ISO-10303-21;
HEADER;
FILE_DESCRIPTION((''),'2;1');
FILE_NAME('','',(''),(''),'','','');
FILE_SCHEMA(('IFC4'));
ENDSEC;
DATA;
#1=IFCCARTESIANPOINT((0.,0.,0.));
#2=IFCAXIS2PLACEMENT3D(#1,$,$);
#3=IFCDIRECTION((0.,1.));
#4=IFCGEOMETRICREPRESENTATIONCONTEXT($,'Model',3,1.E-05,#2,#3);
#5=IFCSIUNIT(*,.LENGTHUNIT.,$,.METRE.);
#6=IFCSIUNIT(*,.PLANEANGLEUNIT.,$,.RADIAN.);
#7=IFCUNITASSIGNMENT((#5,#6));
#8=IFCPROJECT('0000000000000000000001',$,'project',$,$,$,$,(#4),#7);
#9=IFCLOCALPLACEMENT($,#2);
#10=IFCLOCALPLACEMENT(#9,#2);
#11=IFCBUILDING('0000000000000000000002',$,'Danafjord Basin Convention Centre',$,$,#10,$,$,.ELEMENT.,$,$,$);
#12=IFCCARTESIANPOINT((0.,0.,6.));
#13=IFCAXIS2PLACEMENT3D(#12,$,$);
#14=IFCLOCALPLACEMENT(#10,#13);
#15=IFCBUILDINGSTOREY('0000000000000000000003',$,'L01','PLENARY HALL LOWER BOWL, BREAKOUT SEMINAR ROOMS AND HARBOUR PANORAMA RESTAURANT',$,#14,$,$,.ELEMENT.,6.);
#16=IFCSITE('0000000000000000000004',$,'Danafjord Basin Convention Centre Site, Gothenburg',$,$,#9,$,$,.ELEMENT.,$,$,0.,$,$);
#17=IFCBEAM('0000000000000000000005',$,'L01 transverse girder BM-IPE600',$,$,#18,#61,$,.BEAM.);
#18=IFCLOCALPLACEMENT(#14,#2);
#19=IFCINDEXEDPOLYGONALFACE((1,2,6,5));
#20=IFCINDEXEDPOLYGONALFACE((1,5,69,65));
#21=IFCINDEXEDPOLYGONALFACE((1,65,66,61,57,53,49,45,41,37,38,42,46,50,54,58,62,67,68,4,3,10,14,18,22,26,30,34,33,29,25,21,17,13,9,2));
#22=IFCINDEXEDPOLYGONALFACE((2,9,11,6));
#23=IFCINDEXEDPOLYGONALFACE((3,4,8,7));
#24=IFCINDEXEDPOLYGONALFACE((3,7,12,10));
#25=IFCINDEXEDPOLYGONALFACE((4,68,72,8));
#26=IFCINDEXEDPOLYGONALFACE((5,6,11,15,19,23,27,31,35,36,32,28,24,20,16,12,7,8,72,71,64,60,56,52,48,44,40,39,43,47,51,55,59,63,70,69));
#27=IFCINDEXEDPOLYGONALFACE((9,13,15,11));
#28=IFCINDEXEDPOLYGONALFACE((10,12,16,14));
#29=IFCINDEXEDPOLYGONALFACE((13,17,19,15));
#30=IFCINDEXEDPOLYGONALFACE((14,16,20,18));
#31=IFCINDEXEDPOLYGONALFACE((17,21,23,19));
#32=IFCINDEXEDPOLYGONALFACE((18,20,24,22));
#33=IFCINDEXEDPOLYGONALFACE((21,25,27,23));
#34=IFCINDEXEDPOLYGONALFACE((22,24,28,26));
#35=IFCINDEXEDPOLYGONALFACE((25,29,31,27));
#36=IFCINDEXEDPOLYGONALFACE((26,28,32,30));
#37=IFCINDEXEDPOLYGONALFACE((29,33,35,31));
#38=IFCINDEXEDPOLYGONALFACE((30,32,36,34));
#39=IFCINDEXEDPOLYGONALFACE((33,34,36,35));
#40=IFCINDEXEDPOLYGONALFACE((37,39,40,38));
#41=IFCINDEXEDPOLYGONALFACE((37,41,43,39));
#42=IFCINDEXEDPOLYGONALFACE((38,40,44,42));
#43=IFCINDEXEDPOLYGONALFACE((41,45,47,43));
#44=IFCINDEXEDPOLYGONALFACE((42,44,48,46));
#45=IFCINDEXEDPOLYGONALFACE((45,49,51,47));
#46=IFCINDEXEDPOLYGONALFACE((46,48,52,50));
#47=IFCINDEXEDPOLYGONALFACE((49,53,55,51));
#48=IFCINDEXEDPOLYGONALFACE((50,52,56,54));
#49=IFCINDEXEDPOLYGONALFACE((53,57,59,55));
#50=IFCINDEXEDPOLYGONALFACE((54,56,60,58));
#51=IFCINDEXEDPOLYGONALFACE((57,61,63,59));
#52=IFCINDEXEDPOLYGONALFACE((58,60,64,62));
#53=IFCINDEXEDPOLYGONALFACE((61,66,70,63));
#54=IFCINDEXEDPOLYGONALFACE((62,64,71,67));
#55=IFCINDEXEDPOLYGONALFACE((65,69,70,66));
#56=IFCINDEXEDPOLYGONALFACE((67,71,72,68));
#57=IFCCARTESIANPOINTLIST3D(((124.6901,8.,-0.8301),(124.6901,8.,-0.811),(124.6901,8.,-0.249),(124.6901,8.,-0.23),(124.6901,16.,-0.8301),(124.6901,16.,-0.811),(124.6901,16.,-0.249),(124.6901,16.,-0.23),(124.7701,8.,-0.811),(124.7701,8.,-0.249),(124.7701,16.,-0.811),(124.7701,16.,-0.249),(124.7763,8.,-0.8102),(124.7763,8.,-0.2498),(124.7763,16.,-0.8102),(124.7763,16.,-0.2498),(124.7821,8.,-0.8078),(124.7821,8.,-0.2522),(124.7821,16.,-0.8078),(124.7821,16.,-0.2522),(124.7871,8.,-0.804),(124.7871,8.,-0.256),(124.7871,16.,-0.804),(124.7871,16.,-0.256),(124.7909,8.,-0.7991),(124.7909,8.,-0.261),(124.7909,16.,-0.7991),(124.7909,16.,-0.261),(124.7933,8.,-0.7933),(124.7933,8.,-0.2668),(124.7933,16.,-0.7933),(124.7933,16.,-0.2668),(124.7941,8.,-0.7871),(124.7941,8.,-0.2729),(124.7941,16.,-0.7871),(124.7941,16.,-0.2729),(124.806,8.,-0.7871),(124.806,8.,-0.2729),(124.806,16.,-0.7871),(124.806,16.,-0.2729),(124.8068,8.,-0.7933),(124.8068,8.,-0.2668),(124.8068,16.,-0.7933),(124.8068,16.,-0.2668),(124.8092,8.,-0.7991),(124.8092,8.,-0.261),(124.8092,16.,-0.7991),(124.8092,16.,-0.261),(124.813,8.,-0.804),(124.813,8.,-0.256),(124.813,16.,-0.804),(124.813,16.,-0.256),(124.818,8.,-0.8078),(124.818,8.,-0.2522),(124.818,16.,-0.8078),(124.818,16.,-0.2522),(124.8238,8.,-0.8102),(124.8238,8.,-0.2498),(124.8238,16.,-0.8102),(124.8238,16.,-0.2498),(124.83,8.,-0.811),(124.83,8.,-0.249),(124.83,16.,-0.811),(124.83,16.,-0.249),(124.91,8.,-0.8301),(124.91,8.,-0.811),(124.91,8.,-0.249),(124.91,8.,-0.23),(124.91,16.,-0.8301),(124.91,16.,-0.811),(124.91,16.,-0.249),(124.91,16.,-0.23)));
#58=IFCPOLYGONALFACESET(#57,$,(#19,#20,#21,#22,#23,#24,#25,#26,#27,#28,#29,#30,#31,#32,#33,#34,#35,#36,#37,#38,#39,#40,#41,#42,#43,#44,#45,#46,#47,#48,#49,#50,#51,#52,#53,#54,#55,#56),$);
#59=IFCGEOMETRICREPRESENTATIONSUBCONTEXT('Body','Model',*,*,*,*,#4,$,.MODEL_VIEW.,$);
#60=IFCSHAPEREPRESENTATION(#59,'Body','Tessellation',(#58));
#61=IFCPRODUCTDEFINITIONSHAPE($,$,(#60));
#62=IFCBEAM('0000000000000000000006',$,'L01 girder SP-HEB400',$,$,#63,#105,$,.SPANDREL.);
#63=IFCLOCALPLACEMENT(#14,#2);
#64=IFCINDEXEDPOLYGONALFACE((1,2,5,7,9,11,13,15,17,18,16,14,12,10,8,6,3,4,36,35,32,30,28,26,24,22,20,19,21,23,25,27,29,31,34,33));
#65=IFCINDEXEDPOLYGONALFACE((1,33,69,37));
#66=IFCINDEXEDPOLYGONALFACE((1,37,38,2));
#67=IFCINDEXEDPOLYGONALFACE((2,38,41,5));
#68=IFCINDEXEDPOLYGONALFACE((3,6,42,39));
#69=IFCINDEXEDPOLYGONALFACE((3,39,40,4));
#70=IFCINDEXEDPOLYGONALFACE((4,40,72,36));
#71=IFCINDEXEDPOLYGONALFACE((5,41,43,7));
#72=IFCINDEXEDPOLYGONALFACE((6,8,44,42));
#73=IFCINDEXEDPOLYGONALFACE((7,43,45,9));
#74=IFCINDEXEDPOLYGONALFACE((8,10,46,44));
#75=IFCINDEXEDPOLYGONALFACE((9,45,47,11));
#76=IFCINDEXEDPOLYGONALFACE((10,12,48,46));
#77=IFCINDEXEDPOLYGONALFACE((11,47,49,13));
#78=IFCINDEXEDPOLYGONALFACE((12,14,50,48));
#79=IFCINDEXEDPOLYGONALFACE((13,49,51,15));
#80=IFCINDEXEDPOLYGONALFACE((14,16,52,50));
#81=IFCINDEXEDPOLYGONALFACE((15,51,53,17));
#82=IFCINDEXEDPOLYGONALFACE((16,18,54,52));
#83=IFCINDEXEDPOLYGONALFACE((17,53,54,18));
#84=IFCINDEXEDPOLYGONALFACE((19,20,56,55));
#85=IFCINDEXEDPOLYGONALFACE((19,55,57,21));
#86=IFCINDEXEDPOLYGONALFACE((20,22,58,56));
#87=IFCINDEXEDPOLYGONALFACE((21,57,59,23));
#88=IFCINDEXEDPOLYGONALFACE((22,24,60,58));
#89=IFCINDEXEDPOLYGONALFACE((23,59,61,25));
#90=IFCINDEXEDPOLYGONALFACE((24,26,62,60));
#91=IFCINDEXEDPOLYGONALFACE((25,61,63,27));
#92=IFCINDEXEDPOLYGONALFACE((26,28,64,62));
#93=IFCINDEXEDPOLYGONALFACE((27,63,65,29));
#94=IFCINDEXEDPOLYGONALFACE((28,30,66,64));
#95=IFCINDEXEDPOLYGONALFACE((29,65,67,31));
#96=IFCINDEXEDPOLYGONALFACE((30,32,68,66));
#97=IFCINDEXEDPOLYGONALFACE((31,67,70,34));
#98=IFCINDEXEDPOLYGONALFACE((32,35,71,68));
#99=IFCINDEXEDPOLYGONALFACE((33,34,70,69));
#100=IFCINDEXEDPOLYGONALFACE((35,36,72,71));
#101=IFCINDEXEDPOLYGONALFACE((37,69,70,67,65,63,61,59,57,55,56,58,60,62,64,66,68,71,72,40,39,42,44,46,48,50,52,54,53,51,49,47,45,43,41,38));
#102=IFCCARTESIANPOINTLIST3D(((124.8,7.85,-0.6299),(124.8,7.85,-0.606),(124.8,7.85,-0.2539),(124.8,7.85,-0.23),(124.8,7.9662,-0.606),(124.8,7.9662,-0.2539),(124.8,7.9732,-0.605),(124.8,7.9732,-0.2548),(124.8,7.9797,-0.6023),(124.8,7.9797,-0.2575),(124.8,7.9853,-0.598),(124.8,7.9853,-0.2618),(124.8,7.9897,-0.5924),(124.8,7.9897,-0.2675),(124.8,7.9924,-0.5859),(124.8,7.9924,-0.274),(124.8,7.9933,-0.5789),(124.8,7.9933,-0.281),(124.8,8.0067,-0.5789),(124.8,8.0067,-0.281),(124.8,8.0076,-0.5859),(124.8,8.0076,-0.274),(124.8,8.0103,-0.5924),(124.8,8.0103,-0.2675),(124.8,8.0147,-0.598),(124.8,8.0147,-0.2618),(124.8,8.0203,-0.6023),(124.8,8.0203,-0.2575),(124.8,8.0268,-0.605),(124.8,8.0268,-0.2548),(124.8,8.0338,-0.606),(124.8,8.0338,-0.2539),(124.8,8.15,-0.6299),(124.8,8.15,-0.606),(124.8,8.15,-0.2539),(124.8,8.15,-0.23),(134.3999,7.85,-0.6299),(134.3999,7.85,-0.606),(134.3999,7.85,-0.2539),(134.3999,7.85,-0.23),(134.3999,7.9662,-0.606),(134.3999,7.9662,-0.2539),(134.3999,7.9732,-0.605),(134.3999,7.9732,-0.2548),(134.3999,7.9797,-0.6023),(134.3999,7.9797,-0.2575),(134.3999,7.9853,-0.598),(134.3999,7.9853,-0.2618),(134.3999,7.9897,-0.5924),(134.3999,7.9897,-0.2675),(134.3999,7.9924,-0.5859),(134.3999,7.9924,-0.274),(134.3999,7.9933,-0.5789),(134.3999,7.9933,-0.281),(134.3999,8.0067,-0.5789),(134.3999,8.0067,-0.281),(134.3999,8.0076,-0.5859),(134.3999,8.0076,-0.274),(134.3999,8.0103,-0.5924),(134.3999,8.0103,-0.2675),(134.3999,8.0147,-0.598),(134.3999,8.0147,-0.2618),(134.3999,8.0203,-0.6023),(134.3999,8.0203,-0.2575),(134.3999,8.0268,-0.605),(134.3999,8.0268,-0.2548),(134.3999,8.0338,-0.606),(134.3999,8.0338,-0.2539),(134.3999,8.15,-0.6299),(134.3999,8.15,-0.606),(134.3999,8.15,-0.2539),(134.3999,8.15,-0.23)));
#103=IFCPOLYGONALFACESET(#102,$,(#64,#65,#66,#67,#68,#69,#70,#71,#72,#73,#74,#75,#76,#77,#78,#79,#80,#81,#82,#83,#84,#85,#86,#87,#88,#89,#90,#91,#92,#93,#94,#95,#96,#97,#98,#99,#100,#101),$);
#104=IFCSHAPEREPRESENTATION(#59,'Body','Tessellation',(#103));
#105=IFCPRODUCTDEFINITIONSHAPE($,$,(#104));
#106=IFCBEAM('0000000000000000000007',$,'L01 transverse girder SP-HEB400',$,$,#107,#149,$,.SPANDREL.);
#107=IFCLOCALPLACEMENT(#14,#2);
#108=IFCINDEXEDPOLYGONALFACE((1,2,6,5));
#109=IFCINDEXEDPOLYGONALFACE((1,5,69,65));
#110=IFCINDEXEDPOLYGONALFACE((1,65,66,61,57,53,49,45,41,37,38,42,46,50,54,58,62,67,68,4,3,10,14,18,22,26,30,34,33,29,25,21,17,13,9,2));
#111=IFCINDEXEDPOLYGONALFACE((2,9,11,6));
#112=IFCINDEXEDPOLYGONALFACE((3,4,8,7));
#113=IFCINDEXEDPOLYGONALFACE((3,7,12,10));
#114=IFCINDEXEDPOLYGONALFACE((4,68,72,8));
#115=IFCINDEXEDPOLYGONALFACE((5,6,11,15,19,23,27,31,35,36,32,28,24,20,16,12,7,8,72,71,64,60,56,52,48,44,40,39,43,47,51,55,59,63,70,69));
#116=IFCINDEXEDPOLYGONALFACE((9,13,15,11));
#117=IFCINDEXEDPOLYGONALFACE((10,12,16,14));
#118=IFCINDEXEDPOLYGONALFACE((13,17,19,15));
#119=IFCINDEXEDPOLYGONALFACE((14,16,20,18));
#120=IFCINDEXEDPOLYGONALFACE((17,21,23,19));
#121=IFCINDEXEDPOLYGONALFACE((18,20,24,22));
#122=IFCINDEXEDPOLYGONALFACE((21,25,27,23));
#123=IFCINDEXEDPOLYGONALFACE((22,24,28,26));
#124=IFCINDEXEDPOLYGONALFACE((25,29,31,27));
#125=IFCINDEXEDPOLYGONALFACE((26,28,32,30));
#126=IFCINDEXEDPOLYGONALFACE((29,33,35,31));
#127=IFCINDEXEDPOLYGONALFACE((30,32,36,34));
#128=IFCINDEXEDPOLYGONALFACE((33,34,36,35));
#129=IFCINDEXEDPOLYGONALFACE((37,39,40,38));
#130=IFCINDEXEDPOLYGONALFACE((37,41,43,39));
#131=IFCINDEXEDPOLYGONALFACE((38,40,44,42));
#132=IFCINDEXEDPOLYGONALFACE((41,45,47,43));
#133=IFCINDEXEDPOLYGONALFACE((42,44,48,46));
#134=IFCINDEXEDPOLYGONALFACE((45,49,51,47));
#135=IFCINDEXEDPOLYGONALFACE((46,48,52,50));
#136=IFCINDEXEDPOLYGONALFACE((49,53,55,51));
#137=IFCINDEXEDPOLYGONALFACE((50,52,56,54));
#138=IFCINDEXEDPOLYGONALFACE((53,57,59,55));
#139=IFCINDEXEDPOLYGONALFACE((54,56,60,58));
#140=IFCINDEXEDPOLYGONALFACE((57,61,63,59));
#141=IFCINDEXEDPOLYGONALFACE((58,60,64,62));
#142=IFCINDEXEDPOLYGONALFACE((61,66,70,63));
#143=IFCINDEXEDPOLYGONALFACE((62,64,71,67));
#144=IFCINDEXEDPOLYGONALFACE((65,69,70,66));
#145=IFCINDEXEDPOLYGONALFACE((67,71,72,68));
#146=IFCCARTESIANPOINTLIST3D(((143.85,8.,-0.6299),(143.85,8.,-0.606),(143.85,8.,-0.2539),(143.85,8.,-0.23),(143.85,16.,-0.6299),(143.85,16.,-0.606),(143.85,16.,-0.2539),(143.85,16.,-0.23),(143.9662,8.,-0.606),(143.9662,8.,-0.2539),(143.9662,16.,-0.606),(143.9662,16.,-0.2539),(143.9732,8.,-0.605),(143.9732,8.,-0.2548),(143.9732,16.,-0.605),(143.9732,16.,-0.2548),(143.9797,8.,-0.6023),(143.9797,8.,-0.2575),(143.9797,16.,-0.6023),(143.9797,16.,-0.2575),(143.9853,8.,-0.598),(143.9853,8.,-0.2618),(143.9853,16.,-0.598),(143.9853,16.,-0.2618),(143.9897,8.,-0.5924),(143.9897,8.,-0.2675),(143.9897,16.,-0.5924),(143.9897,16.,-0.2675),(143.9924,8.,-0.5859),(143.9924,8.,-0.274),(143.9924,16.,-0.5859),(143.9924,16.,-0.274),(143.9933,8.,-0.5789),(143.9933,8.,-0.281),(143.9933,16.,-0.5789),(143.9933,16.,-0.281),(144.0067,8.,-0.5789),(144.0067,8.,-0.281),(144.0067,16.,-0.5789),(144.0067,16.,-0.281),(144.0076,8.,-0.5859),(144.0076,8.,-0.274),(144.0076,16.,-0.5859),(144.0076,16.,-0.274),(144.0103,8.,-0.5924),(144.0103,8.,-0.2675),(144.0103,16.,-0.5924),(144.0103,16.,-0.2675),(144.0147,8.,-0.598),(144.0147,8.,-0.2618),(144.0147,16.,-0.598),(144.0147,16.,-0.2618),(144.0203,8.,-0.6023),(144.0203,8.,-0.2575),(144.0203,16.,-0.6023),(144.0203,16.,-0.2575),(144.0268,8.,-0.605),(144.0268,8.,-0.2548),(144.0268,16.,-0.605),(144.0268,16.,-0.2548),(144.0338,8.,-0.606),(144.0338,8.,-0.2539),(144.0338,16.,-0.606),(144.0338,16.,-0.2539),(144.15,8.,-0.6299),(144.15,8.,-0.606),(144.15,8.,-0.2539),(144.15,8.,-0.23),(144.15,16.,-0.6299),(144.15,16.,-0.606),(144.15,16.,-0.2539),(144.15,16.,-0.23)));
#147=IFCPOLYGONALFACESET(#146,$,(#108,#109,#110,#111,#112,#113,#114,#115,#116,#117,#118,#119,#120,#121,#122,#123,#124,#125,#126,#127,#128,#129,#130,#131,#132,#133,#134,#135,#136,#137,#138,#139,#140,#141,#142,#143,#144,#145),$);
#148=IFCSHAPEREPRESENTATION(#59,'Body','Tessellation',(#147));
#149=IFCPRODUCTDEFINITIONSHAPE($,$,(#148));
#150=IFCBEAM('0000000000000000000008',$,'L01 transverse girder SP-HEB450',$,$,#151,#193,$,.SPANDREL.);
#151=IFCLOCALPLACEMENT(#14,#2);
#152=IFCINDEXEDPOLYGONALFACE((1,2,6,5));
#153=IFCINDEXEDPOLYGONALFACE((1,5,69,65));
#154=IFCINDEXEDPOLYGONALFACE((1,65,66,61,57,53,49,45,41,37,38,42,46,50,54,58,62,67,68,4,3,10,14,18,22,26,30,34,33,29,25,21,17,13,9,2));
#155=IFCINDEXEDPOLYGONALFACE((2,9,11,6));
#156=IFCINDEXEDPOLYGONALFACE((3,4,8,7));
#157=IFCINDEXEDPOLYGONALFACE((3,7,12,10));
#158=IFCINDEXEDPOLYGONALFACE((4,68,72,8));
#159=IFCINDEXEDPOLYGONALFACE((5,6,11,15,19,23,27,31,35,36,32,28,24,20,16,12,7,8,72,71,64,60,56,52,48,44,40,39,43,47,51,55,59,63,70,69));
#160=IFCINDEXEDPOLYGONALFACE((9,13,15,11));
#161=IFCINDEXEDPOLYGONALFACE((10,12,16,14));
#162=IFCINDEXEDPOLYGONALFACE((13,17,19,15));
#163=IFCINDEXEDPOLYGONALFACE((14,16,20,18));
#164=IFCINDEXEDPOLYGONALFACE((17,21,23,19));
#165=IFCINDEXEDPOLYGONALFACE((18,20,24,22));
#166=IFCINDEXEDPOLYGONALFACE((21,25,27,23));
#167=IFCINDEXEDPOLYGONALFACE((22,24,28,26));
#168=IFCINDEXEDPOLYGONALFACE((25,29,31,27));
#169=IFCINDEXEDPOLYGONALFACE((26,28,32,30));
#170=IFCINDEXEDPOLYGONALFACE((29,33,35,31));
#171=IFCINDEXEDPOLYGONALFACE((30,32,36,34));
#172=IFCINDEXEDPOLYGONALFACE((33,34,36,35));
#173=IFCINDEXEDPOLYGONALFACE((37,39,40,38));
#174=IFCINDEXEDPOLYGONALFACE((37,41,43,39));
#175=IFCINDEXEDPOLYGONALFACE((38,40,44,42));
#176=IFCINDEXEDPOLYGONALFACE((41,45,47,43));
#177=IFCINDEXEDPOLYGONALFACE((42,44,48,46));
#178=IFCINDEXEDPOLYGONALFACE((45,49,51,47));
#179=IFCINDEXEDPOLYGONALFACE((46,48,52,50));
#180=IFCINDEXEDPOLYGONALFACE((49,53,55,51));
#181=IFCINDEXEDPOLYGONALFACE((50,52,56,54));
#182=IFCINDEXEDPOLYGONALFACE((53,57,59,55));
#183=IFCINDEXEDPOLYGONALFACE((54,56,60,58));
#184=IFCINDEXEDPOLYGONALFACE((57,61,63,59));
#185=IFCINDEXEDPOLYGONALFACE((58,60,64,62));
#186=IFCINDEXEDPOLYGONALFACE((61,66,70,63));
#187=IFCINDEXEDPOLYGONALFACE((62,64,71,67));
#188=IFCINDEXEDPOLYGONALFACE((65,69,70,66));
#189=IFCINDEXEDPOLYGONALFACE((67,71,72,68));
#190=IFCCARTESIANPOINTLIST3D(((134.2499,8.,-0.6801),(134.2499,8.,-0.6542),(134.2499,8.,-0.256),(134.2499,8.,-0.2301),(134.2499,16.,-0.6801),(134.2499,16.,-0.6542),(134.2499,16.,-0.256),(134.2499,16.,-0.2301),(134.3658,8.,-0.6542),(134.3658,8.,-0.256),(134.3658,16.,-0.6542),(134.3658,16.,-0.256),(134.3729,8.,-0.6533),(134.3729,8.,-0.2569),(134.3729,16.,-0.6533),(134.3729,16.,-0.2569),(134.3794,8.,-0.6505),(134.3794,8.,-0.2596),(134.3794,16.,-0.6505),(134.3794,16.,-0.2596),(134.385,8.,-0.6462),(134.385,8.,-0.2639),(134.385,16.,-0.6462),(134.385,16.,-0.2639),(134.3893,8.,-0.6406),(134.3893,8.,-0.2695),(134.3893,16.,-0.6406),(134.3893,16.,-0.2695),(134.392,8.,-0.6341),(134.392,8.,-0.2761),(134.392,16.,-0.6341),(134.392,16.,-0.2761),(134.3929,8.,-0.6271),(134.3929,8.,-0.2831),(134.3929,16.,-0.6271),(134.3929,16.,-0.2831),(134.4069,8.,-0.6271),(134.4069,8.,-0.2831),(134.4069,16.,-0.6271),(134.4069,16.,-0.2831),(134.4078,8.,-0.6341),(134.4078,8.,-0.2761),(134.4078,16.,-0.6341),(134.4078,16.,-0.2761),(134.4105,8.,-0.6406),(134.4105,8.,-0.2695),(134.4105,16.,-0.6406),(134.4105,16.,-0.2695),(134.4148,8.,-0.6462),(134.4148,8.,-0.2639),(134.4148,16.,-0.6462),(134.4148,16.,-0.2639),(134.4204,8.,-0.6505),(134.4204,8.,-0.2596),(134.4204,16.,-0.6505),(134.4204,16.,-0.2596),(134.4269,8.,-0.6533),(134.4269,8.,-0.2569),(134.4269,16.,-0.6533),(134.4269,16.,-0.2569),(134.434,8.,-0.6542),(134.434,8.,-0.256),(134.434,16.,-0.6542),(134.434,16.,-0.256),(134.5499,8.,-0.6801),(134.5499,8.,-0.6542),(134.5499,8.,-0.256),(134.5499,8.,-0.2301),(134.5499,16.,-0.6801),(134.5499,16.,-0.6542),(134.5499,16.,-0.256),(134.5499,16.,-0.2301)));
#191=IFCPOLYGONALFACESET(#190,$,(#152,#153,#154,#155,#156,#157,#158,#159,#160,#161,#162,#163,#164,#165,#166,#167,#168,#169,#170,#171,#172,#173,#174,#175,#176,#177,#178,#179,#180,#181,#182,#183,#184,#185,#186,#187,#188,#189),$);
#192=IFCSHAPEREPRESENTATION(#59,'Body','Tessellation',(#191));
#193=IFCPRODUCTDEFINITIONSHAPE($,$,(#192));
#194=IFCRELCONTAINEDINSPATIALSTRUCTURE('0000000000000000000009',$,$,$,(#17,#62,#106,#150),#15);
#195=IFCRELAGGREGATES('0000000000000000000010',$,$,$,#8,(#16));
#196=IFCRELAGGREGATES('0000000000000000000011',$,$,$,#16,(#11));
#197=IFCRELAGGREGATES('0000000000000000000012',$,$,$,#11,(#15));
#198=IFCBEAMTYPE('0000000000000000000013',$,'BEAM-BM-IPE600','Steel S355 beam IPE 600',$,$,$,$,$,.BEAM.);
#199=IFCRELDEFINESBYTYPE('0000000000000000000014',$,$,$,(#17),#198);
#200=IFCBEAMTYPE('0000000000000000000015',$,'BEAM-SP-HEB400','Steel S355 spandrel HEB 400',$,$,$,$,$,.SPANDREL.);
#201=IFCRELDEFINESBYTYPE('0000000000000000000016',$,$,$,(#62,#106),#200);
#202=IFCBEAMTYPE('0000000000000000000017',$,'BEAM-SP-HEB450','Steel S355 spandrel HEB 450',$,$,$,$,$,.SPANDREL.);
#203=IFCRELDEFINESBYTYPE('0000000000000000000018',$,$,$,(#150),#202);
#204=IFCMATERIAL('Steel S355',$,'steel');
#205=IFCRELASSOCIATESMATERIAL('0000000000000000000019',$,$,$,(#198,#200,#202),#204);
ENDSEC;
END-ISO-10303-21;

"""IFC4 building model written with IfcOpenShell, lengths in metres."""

from ifc_helpers import new_model, si_unit, direction, frame, origin, origin_2d, place, context, subcontext, project, spatial, i_section, extrude, material, material_profile, profile_set, type_object, element, save


model = new_model("IFC4")

# Units and contexts
model_context = context("Model", 3, precision=1e-05, world=origin(), true_north=direction((0.0, 1.0)))
body_context = subcontext(model_context, "Body", "Model", "MODEL_VIEW")
ifc_project = project(units=[si_unit("LENGTHUNIT", "METRE"), si_unit("PLANEANGLEUNIT", "RADIAN")], contexts=[model_context])

# Site, building, storey
site_placement = place(None, origin())
site = spatial("IfcSite", under=ifc_project, at=site_placement, Name="Danafjord Basin Convention Centre Site, Gothenburg", CompositionType="ELEMENT", RefElevation=0.0)
building_placement = place(site_placement, origin())
building = spatial("IfcBuilding", under=site, at=building_placement, Name="Danafjord Basin Convention Centre", CompositionType="ELEMENT")
storey_placement = place(building_placement, frame((0.0, 0.0, 6.0)))
storey = spatial("IfcBuildingStorey", under=building, at=storey_placement, Name="L01", Description="PLENARY HALL LOWER BOWL, BREAKOUT SEMINAR ROOMS AND HARBOUR PANORAMA RESTAURANT", CompositionType="ELEMENT", Elevation=6.0)

# Shared definitions
ifc_material_1 = material(Name="Steel S355", Category="steel")

# Beams
ifc_material_profile_1 = material_profile(ifc_material_1, i_section(OverallWidth=0.22, OverallDepth=0.6001, WebThickness=0.012, FlangeThickness=0.019, FilletRadius=0.0239, at=origin_2d()), Name="IPE 600")
ifc_profile_set_1 = profile_set([ifc_material_profile_1], Name="Steel S355")
beam_type_1 = type_object("IfcBeamType", Name="BEAM-BM-IPE600", Description="Steel S355 beam IPE 600", PredefinedType="BEAM", material=ifc_profile_set_1)
beam_1_placement = place(storey_placement, frame((124.8, 8.0, -0.53), z_axis=(0.0, 1.0, 0.0), x_axis=(-1.0, 0.0, 0.0)))
element("IfcBeam", 1, at=beam_1_placement, inside=storey, type_object=beam_type_1, Name="L01 transverse girder BM-IPE600", PredefinedType="BEAM", context=body_context, shape_type="SweptSolid", body=[
    extrude(i_section(OverallWidth=0.22, OverallDepth=0.6001, WebThickness=0.012, FlangeThickness=0.019, FilletRadius=0.0239, at=origin_2d()), origin(), (0.0, 0.0, 1.0), 8.0),
])
ifc_material_profile_2 = material_profile(ifc_material_1, i_section(OverallWidth=0.3, OverallDepth=0.3999, WebThickness=0.0134, FlangeThickness=0.0239, FilletRadius=0.0271, at=origin_2d()), Name="HEB 400")
ifc_profile_set_2 = profile_set([ifc_material_profile_2], Name="Steel S355")
beam_type_2 = type_object("IfcBeamType", Name="BEAM-SP-HEB400", Description="Steel S355 spandrel HEB 400", PredefinedType="SPANDREL", material=ifc_profile_set_2)
beam_2_placement = place(storey_placement, frame((124.8, 8.0, -0.4299), z_axis=(1.0, 0.0, 0.0), x_axis=(0.0, 1.0, 0.0)))
element("IfcBeam", 2, at=beam_2_placement, inside=storey, type_object=beam_type_2, Name="L01 girder SP-HEB400", PredefinedType="SPANDREL", context=body_context, shape_type="SweptSolid", body=[
    extrude(i_section(OverallWidth=0.3, OverallDepth=0.3999, WebThickness=0.0134, FlangeThickness=0.0239, FilletRadius=0.0271, at=origin_2d()), origin(), (0.0, 0.0, 1.0), 9.5999),
])
beam_3_placement = place(storey_placement, frame((144.0, 8.0, -0.4299), z_axis=(0.0, 1.0, 0.0), x_axis=(-1.0, 0.0, 0.0)))
element("IfcBeam", 3, at=beam_3_placement, inside=storey, type_object=beam_type_2, Name="L01 transverse girder SP-HEB400", PredefinedType="SPANDREL", context=body_context, shape_type="SweptSolid", body=[
    extrude(i_section(OverallWidth=0.3, OverallDepth=0.3999, WebThickness=0.0134, FlangeThickness=0.0239, FilletRadius=0.0271, at=origin_2d()), origin(), (0.0, 0.0, 1.0), 8.0),
])
ifc_material_profile_3 = material_profile(ifc_material_1, i_section(OverallWidth=0.3, OverallDepth=0.45, WebThickness=0.0139, FlangeThickness=0.0259, FilletRadius=0.0271, at=origin_2d()), Name="HEB 450")
ifc_profile_set_3 = profile_set([ifc_material_profile_3], Name="Steel S355")
beam_type_3 = type_object("IfcBeamType", Name="BEAM-SP-HEB450", Description="Steel S355 spandrel HEB 450", PredefinedType="SPANDREL", material=ifc_profile_set_3)
beam_4_placement = place(storey_placement, frame((134.3999, 8.0, -0.4551), z_axis=(0.0, 1.0, 0.0), x_axis=(-1.0, 0.0, 0.0)))
element("IfcBeam", 4, at=beam_4_placement, inside=storey, type_object=beam_type_3, Name="L01 transverse girder SP-HEB450", PredefinedType="SPANDREL", context=body_context, shape_type="SweptSolid", body=[
    extrude(i_section(OverallWidth=0.3, OverallDepth=0.45, WebThickness=0.0139, FlangeThickness=0.0259, FilletRadius=0.0271, at=origin_2d()), origin(), (0.0, 0.0, 1.0), 8.0),
])

save(model, "model.ifc")
